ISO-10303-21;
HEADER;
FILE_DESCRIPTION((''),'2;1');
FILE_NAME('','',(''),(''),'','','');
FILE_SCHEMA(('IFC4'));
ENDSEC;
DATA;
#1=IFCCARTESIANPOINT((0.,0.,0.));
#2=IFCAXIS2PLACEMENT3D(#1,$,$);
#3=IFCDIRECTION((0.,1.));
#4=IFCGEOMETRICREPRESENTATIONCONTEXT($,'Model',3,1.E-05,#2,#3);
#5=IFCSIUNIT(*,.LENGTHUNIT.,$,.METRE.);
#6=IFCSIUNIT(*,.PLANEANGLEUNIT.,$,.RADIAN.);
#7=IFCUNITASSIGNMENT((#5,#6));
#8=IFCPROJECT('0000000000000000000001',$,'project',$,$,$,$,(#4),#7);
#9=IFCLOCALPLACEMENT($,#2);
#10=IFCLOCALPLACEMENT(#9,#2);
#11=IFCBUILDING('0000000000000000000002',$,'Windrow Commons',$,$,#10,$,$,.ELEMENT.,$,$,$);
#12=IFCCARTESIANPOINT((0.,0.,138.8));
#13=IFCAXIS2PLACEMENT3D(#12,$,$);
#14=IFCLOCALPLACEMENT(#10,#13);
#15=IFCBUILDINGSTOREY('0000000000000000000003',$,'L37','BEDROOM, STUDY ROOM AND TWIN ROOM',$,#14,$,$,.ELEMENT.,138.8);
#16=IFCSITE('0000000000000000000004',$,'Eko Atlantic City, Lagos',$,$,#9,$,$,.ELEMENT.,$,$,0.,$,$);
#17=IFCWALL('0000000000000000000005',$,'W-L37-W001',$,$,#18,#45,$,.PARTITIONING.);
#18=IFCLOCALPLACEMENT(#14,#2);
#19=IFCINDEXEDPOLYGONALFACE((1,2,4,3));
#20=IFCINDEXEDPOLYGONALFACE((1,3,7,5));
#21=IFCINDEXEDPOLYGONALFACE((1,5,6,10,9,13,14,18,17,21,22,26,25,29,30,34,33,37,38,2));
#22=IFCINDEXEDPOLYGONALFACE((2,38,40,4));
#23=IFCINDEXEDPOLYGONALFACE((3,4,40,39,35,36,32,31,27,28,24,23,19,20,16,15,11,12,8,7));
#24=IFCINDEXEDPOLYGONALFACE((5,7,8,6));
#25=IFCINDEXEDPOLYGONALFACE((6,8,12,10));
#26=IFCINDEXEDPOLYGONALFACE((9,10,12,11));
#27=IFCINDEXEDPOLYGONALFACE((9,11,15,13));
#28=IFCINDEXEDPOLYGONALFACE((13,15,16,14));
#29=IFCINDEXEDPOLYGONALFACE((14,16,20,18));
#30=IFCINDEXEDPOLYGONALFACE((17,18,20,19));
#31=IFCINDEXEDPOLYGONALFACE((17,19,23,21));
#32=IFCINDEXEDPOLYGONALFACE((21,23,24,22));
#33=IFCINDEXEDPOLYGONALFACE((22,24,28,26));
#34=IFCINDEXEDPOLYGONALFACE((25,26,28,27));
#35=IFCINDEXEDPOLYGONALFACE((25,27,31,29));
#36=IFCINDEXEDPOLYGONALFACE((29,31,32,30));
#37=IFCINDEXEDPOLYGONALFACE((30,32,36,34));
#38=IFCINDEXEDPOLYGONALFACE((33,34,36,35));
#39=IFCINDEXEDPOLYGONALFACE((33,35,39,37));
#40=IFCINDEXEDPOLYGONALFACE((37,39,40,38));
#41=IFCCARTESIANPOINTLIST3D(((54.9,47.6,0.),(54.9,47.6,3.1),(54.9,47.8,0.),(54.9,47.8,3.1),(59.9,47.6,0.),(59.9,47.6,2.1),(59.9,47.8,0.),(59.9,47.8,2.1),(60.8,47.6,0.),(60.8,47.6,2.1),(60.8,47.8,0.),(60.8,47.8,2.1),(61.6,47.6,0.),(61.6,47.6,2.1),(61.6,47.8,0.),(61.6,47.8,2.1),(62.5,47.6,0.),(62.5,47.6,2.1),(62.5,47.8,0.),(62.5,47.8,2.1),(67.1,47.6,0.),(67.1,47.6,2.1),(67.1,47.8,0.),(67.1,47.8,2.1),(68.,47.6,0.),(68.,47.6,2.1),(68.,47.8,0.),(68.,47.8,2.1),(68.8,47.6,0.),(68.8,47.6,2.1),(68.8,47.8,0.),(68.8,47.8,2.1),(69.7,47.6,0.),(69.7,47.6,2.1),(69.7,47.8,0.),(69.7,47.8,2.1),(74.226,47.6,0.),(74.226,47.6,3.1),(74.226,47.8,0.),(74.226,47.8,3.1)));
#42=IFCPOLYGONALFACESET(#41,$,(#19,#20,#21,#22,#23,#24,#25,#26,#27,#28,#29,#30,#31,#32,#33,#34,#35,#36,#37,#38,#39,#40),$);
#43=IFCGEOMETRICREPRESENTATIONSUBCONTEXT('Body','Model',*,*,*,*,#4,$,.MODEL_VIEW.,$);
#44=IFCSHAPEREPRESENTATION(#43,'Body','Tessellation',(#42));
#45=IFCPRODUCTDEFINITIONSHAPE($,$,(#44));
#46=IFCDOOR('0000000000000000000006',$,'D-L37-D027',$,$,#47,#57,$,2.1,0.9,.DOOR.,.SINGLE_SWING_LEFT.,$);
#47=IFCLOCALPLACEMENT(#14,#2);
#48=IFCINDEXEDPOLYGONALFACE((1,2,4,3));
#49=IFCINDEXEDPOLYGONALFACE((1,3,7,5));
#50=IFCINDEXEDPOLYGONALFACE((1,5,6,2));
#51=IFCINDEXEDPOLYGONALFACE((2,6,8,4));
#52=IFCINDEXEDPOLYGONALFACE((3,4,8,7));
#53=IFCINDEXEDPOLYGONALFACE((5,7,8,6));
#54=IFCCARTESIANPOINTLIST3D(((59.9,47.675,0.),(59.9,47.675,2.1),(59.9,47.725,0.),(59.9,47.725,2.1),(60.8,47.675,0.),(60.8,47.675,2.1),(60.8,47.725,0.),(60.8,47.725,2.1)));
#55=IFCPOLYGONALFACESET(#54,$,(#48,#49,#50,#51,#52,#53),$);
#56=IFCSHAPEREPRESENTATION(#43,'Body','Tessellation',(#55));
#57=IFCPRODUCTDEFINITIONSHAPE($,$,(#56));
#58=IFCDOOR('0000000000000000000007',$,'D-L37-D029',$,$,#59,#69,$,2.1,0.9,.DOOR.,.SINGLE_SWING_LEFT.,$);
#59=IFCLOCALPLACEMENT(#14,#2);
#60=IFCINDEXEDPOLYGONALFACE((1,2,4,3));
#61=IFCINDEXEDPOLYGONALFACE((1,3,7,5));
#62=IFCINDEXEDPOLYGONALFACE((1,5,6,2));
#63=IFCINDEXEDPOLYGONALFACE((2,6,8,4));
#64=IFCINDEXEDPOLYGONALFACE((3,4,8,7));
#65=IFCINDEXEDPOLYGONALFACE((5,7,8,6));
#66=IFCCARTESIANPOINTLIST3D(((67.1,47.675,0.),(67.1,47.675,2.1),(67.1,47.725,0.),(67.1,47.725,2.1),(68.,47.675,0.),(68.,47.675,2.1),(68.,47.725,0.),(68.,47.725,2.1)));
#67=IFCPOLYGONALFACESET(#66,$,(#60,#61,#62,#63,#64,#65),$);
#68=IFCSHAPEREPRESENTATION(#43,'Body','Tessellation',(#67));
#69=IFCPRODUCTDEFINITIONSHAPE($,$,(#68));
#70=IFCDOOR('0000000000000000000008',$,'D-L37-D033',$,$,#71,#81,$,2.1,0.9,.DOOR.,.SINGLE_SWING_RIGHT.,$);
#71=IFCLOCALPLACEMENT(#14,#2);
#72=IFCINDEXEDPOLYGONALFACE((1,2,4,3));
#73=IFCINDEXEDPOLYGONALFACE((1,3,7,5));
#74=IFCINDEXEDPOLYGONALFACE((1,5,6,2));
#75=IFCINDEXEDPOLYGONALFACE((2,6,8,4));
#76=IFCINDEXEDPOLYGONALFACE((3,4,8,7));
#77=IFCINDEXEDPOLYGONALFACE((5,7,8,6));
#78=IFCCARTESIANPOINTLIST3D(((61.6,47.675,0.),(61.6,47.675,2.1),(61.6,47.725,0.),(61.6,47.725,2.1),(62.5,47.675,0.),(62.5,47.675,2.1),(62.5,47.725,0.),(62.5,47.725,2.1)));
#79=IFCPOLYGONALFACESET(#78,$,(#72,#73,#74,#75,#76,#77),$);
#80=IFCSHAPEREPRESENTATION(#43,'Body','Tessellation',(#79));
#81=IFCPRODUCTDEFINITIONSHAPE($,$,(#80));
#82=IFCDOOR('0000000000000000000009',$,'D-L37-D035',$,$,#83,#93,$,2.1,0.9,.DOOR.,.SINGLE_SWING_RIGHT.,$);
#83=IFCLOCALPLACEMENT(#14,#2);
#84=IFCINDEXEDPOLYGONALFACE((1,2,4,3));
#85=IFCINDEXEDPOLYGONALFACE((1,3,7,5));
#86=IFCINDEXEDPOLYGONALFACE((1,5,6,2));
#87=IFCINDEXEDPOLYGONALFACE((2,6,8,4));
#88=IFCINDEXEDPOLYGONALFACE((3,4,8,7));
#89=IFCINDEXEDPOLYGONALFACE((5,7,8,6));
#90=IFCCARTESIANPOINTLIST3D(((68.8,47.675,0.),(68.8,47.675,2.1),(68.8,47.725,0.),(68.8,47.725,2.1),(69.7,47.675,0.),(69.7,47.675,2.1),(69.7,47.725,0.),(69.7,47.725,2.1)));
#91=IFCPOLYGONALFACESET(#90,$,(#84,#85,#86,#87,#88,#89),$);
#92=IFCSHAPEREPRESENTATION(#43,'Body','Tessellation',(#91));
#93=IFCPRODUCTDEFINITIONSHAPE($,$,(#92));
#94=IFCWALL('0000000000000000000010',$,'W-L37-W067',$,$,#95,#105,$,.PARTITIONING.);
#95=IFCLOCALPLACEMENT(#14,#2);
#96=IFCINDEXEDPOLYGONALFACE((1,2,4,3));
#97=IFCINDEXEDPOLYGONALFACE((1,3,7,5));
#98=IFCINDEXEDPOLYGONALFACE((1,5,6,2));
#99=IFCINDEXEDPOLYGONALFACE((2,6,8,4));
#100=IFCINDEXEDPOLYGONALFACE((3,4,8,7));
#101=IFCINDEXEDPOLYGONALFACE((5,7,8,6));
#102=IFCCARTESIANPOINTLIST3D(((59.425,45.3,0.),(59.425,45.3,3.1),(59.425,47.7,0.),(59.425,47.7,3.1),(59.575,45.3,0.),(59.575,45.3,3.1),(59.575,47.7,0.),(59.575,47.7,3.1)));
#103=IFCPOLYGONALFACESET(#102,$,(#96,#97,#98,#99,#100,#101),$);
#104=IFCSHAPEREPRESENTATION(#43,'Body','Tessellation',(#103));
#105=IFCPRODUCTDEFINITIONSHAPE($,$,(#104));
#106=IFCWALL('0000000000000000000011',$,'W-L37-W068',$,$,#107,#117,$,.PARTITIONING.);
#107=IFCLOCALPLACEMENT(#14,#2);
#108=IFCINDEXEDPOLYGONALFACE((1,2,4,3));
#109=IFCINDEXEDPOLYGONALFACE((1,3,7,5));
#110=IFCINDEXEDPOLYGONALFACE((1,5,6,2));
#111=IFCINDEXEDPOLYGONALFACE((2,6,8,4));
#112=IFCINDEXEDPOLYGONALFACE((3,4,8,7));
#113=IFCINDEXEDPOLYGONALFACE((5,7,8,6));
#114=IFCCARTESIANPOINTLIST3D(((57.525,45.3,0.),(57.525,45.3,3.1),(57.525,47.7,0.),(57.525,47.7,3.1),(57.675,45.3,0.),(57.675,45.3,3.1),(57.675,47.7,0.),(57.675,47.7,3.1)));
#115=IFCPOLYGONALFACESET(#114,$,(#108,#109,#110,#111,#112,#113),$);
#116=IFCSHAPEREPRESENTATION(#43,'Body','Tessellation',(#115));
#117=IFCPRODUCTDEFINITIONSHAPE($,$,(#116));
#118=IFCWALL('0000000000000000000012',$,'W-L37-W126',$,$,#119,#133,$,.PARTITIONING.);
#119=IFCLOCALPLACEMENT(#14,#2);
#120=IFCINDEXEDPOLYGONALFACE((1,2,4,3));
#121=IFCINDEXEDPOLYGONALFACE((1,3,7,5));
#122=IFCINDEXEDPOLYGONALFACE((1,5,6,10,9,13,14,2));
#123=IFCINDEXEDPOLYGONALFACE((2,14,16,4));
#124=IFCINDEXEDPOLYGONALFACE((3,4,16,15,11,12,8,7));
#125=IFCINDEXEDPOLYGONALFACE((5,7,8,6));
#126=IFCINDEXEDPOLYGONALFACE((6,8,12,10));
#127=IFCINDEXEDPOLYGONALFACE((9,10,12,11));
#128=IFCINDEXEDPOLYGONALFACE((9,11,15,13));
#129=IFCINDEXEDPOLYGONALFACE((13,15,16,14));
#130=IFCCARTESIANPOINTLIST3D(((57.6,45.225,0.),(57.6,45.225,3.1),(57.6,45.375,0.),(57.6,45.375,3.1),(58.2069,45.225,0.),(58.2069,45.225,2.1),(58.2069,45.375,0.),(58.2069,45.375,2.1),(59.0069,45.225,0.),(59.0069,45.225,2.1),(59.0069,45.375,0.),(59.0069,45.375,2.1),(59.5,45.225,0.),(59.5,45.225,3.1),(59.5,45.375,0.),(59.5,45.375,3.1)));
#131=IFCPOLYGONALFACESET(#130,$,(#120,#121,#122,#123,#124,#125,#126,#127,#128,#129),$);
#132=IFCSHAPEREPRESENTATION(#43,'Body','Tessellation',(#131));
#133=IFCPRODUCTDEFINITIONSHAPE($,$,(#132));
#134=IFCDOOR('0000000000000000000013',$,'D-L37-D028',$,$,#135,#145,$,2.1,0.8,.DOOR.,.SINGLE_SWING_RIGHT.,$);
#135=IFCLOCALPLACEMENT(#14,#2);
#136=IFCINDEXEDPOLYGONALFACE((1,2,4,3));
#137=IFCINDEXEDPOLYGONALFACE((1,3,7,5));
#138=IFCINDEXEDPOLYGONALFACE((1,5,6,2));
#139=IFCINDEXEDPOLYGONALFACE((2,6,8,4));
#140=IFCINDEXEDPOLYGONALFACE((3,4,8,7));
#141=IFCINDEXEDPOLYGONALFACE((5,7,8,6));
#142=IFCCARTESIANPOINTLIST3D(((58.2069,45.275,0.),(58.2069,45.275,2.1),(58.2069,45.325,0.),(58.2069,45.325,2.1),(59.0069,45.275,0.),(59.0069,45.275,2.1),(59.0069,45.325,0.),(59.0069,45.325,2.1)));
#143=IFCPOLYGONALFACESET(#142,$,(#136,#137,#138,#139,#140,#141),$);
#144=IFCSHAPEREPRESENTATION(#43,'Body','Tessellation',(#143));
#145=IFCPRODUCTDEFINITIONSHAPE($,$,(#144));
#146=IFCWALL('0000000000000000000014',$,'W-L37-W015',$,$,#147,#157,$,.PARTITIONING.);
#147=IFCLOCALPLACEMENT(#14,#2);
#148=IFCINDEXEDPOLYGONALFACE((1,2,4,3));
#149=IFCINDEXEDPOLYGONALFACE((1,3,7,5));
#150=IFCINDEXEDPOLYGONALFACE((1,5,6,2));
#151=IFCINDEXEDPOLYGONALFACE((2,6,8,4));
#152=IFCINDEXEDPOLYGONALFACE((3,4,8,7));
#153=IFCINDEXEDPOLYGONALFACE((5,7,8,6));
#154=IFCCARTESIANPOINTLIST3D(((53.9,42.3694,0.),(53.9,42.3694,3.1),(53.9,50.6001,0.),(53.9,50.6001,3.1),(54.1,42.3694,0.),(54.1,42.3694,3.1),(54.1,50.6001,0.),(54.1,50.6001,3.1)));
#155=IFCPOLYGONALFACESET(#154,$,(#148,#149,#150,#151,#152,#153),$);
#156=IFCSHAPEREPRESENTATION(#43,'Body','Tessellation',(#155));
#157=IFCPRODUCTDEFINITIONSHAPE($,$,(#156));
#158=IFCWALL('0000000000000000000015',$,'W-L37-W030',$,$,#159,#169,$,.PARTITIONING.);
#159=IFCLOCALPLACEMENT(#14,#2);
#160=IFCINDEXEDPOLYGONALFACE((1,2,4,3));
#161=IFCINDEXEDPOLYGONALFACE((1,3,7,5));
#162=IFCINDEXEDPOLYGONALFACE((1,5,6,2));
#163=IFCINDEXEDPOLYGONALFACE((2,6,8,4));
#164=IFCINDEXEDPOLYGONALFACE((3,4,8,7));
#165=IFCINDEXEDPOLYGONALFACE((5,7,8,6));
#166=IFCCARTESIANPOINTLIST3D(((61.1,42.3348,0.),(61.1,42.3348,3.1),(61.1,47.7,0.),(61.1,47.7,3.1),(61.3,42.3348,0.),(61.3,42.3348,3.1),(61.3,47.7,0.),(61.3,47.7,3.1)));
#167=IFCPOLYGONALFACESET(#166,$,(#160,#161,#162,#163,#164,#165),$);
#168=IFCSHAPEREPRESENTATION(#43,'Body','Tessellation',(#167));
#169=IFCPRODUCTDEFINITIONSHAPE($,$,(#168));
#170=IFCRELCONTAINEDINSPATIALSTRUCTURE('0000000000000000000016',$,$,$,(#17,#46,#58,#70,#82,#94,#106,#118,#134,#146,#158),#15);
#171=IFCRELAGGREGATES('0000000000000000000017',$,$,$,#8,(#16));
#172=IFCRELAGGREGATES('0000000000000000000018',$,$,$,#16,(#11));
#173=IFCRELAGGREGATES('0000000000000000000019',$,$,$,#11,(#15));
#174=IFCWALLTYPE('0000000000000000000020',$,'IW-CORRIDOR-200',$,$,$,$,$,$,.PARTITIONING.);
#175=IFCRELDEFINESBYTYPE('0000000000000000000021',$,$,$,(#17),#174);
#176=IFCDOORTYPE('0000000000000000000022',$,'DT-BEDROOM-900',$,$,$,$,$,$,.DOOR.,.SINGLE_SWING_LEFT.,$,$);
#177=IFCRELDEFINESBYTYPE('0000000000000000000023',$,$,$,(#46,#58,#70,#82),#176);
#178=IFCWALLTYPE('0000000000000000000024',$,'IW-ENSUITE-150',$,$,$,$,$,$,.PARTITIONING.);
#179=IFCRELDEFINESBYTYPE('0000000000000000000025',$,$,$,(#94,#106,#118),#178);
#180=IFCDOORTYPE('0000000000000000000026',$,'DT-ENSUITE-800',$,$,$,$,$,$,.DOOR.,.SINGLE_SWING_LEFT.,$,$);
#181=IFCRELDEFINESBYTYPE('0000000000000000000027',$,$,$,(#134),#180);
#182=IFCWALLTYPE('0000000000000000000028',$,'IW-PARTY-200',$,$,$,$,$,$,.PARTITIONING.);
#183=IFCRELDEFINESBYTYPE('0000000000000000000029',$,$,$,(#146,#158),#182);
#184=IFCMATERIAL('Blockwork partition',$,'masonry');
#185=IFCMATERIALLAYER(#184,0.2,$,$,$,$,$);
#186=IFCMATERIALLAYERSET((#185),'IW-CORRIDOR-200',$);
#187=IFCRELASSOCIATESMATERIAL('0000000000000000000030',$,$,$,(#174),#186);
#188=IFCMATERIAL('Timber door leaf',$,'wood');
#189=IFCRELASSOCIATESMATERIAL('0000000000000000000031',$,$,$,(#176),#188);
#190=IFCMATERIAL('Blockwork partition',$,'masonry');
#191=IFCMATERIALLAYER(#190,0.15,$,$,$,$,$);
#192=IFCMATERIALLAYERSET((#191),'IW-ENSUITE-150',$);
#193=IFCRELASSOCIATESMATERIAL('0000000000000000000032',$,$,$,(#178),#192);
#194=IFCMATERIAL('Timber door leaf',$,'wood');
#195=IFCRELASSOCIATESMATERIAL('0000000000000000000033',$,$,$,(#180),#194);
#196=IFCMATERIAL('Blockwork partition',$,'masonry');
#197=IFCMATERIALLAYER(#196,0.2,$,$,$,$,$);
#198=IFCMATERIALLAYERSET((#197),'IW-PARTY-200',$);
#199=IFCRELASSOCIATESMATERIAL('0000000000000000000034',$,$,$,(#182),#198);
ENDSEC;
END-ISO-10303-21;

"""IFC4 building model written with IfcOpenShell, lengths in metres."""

from ifc_helpers import new_model, si_unit, direction, frame, frame_2d, origin, place, context, subcontext, project, spatial, rectangle, extrude, material, layer, layer_set, type_object, element, fill, save


model = new_model("IFC4")

# Units and contexts
model_context = context("Model", 3, precision=1e-05, world=origin(), true_north=direction((0.0, 1.0)))
body_context = subcontext(model_context, "Body", "Model", "MODEL_VIEW")
ifc_project = project(units=[si_unit("LENGTHUNIT", "METRE"), si_unit("PLANEANGLEUNIT", "RADIAN")], contexts=[model_context])

# Site, building, storey
site_placement = place(None, origin())
site = spatial("IfcSite", under=ifc_project, at=site_placement, Name="Eko Atlantic City, Lagos", CompositionType="ELEMENT", RefElevation=0.0)
building_placement = place(site_placement, origin())
building = spatial("IfcBuilding", under=site, at=building_placement, Name="Windrow Commons", CompositionType="ELEMENT")
storey_placement = place(building_placement, frame((0.0, 0.0, 138.8)))
storey = spatial("IfcBuildingStorey", under=building, at=storey_placement, Name="L37", Description="BEDROOM, STUDY ROOM AND TWIN ROOM", CompositionType="ELEMENT", Elevation=138.8)

# Wall, openings, doors
ifc_material_1 = material(Name="Blockwork partition", Category="masonry")
ifc_layer_1 = layer(ifc_material_1, 0.2)
ifc_layer_set_1 = layer_set([ifc_layer_1], Name="IW-CORRIDOR-200")
wall_type_1 = type_object("IfcWallType", Name="IW-CORRIDOR-200", PredefinedType="PARTITIONING", material=ifc_layer_set_1)
wall_1_placement = place(storey_placement, frame((54.9, 47.7, 0.0), z_axis=(0.0, 0.0, 1.0), x_axis=(1.0, 0.0, 0.0)))
wall_1 = element("IfcWall", 1, at=wall_1_placement, inside=storey, type_object=wall_type_1, Name="W-L37-W001", PredefinedType="PARTITIONING", context=body_context, shape_type="SweptSolid", body=[
    extrude(rectangle(XDim=19.326, YDim=0.2, at=frame_2d((9.663, 0.0))), origin(), (0.0, 0.0, 1.0), 3.1),
])
opening_1_placement = place(wall_1_placement, frame((5.0, 0.0, 0.0)))
opening_1 = element("IfcOpeningElement", 2, at=opening_1_placement, cuts=wall_1, PredefinedType="OPENING", context=body_context, shape_type="SweptSolid", body=[
    extrude(rectangle(XDim=0.9, YDim=2.1, at=frame_2d((0.45, 1.05))), frame((0.0, 0.11, 0.0), z_axis=(0.0, -1.0, 0.0), x_axis=(1.0, 0.0, 0.0)), (0.0, 0.0, 1.0), 0.22),
])
opening_2_placement = place(wall_1_placement, frame((12.2, 0.0, 0.0)))
opening_2 = element("IfcOpeningElement", 3, at=opening_2_placement, cuts=wall_1, PredefinedType="OPENING", context=body_context, shape_type="SweptSolid", body=[
    extrude(rectangle(XDim=0.9, YDim=2.1, at=frame_2d((0.45, 1.05))), frame((0.0, 0.11, 0.0), z_axis=(0.0, -1.0, 0.0), x_axis=(1.0, 0.0, 0.0)), (0.0, 0.0, 1.0), 0.22),
])
opening_3_placement = place(wall_1_placement, frame((6.7, 0.0, 0.0)))
opening_3 = element("IfcOpeningElement", 4, at=opening_3_placement, cuts=wall_1, PredefinedType="OPENING", context=body_context, shape_type="SweptSolid", body=[
    extrude(rectangle(XDim=0.9, YDim=2.1, at=frame_2d((0.45, 1.05))), frame((0.0, 0.11, 0.0), z_axis=(0.0, -1.0, 0.0), x_axis=(1.0, 0.0, 0.0)), (0.0, 0.0, 1.0), 0.22),
])
opening_4_placement = place(wall_1_placement, frame((13.9, 0.0, 0.0)))
opening_4 = element("IfcOpeningElement", 5, at=opening_4_placement, cuts=wall_1, PredefinedType="OPENING", context=body_context, shape_type="SweptSolid", body=[
    extrude(rectangle(XDim=0.9, YDim=2.1, at=frame_2d((0.45, 1.05))), frame((0.0, 0.11, 0.0), z_axis=(0.0, -1.0, 0.0), x_axis=(1.0, 0.0, 0.0)), (0.0, 0.0, 1.0), 0.22),
])
ifc_material_2 = material(Name="Timber door leaf", Category="wood")
door_type_1 = type_object("IfcDoorType", Name="DT-BEDROOM-900", OperationType="SINGLE_SWING_LEFT", PredefinedType="DOOR", material=ifc_material_2)
door_1_placement = place(opening_1_placement, origin())
door_1 = element("IfcDoor", 6, at=door_1_placement, inside=storey, type_object=door_type_1, Name="D-L37-D027", OperationType="SINGLE_SWING_LEFT", OverallHeight=2.1, OverallWidth=0.9, PredefinedType="DOOR", context=body_context, shape_type="SweptSolid", body=[
    extrude(rectangle(XDim=0.9, YDim=2.1, at=frame_2d((0.45, 1.05))), frame((0.0, 0.025, 0.0), z_axis=(0.0, -1.0, 0.0), x_axis=(1.0, 0.0, 0.0)), (0.0, 0.0, 1.0), 0.05),
])
fill(opening_1, door_1)
door_2_placement = place(opening_2_placement, origin())
door_2 = element("IfcDoor", 7, at=door_2_placement, inside=storey, type_object=door_type_1, Name="D-L37-D029", OperationType="SINGLE_SWING_LEFT", OverallHeight=2.1, OverallWidth=0.9, PredefinedType="DOOR", context=body_context, shape_type="SweptSolid", body=[
    extrude(rectangle(XDim=0.9, YDim=2.1, at=frame_2d((0.45, 1.05))), frame((0.0, 0.025, 0.0), z_axis=(0.0, -1.0, 0.0), x_axis=(1.0, 0.0, 0.0)), (0.0, 0.0, 1.0), 0.05),
])
fill(opening_2, door_2)
door_3_placement = place(opening_3_placement, origin())
door_3 = element("IfcDoor", 8, at=door_3_placement, inside=storey, type_object=door_type_1, Name="D-L37-D033", OperationType="SINGLE_SWING_RIGHT", OverallHeight=2.1, OverallWidth=0.9, PredefinedType="DOOR", context=body_context, shape_type="SweptSolid", body=[
    extrude(rectangle(XDim=0.9, YDim=2.1, at=frame_2d((0.45, 1.05))), frame((0.0, 0.025, 0.0), z_axis=(0.0, -1.0, 0.0), x_axis=(1.0, 0.0, 0.0)), (0.0, 0.0, 1.0), 0.05),
])
fill(opening_3, door_3)
door_4_placement = place(opening_4_placement, origin())
door_4 = element("IfcDoor", 9, at=door_4_placement, inside=storey, type_object=door_type_1, Name="D-L37-D035", OperationType="SINGLE_SWING_RIGHT", OverallHeight=2.1, OverallWidth=0.9, PredefinedType="DOOR", context=body_context, shape_type="SweptSolid", body=[
    extrude(rectangle(XDim=0.9, YDim=2.1, at=frame_2d((0.45, 1.05))), frame((0.0, 0.025, 0.0), z_axis=(0.0, -1.0, 0.0), x_axis=(1.0, 0.0, 0.0)), (0.0, 0.0, 1.0), 0.05),
])
fill(opening_4, door_4)

# Walls
ifc_material_3 = material(Name="Blockwork partition", Category="masonry")
ifc_layer_2 = layer(ifc_material_3, 0.15)
ifc_layer_set_2 = layer_set([ifc_layer_2], Name="IW-ENSUITE-150")
wall_type_2 = type_object("IfcWallType", Name="IW-ENSUITE-150", PredefinedType="PARTITIONING", material=ifc_layer_set_2)
for number, where, z_axis, x_axis, name in (
    (10, (59.5, 45.3, 0.0), (0.0, 0.0, 1.0), (0.0, 1.0, 0.0), "W-L37-W067"),
    (11, (57.6, 45.3, 0.0), (0.0, 0.0, 1.0), (0.0, 1.0, 0.0), "W-L37-W068"),
):
    element("IfcWall", number, at=place(storey_placement, frame(where, z_axis=z_axis, x_axis=x_axis)), inside=storey, type_object=wall_type_2, Name=name, PredefinedType="PARTITIONING", context=body_context, shape_type="SweptSolid", body=[
        extrude(rectangle(XDim=2.4, YDim=0.15, at=frame_2d((1.2, 0.0))), origin(), (0.0, 0.0, 1.0), 3.1),
    ])

# Wall, opening, door
wall_2_placement = place(storey_placement, frame((57.6, 45.3, 0.0), z_axis=(0.0, 0.0, 1.0), x_axis=(1.0, 0.0, 0.0)))
wall_2 = element("IfcWall", 12, at=wall_2_placement, inside=storey, type_object=wall_type_2, Name="W-L37-W126", PredefinedType="PARTITIONING", context=body_context, shape_type="SweptSolid", body=[
    extrude(rectangle(XDim=1.9, YDim=0.15, at=frame_2d((0.95, 0.0))), origin(), (0.0, 0.0, 1.0), 3.1),
])
opening_5_placement = place(wall_2_placement, frame((0.6069, 0.0, 0.0)))
opening_5 = element("IfcOpeningElement", 13, at=opening_5_placement, cuts=wall_2, PredefinedType="OPENING", context=body_context, shape_type="SweptSolid", body=[
    extrude(rectangle(XDim=0.8, YDim=2.1, at=frame_2d((0.4, 1.05))), frame((0.0, 0.085, 0.0), z_axis=(0.0, -1.0, 0.0), x_axis=(1.0, 0.0, 0.0)), (0.0, 0.0, 1.0), 0.17),
])
ifc_material_4 = material(Name="Timber door leaf", Category="wood")
door_type_2 = type_object("IfcDoorType", Name="DT-ENSUITE-800", OperationType="SINGLE_SWING_LEFT", PredefinedType="DOOR", material=ifc_material_4)
door_5_placement = place(opening_5_placement, origin())
door_5 = element("IfcDoor", 14, at=door_5_placement, inside=storey, type_object=door_type_2, Name="D-L37-D028", OperationType="SINGLE_SWING_RIGHT", OverallHeight=2.1, OverallWidth=0.8, PredefinedType="DOOR", context=body_context, shape_type="SweptSolid", body=[
    extrude(rectangle(XDim=0.8, YDim=2.1, at=frame_2d((0.4, 1.05))), frame((0.0, 0.025, 0.0), z_axis=(0.0, -1.0, 0.0), x_axis=(1.0, 0.0, 0.0)), (0.0, 0.0, 1.0), 0.05),
])
fill(opening_5, door_5)

# Walls
ifc_material_5 = material(Name="Blockwork partition", Category="masonry")
ifc_layer_3 = layer(ifc_material_5, 0.2)
ifc_layer_set_3 = layer_set([ifc_layer_3], Name="IW-PARTY-200")
wall_type_3 = type_object("IfcWallType", Name="IW-PARTY-200", PredefinedType="PARTITIONING", material=ifc_layer_set_3)
wall_3_placement = place(storey_placement, frame((54.0, 42.3693, 0.0), z_axis=(0.0, 0.0, 1.0), x_axis=(0.0, 1.0, 0.0)))
element("IfcWall", 15, at=wall_3_placement, inside=storey, type_object=wall_type_3, Name="W-L37-W015", PredefinedType="PARTITIONING", context=body_context, shape_type="SweptSolid", body=[
    extrude(rectangle(XDim=8.2307, YDim=0.2, at=frame_2d((4.1154, 0.0))), origin(), (0.0, 0.0, 1.0), 3.1),
])
wall_4_placement = place(storey_placement, frame((61.2, 42.3349, 0.0), z_axis=(0.0, 0.0, 1.0), x_axis=(0.0, 1.0, 0.0)))
element("IfcWall", 16, at=wall_4_placement, inside=storey, type_object=wall_type_3, Name="W-L37-W030", PredefinedType="PARTITIONING", context=body_context, shape_type="SweptSolid", body=[
    extrude(rectangle(XDim=5.3651, YDim=0.2, at=frame_2d((2.6825, 0.0))), origin(), (0.0, 0.0, 1.0), 3.1),
])

save(model, "model.ifc")
